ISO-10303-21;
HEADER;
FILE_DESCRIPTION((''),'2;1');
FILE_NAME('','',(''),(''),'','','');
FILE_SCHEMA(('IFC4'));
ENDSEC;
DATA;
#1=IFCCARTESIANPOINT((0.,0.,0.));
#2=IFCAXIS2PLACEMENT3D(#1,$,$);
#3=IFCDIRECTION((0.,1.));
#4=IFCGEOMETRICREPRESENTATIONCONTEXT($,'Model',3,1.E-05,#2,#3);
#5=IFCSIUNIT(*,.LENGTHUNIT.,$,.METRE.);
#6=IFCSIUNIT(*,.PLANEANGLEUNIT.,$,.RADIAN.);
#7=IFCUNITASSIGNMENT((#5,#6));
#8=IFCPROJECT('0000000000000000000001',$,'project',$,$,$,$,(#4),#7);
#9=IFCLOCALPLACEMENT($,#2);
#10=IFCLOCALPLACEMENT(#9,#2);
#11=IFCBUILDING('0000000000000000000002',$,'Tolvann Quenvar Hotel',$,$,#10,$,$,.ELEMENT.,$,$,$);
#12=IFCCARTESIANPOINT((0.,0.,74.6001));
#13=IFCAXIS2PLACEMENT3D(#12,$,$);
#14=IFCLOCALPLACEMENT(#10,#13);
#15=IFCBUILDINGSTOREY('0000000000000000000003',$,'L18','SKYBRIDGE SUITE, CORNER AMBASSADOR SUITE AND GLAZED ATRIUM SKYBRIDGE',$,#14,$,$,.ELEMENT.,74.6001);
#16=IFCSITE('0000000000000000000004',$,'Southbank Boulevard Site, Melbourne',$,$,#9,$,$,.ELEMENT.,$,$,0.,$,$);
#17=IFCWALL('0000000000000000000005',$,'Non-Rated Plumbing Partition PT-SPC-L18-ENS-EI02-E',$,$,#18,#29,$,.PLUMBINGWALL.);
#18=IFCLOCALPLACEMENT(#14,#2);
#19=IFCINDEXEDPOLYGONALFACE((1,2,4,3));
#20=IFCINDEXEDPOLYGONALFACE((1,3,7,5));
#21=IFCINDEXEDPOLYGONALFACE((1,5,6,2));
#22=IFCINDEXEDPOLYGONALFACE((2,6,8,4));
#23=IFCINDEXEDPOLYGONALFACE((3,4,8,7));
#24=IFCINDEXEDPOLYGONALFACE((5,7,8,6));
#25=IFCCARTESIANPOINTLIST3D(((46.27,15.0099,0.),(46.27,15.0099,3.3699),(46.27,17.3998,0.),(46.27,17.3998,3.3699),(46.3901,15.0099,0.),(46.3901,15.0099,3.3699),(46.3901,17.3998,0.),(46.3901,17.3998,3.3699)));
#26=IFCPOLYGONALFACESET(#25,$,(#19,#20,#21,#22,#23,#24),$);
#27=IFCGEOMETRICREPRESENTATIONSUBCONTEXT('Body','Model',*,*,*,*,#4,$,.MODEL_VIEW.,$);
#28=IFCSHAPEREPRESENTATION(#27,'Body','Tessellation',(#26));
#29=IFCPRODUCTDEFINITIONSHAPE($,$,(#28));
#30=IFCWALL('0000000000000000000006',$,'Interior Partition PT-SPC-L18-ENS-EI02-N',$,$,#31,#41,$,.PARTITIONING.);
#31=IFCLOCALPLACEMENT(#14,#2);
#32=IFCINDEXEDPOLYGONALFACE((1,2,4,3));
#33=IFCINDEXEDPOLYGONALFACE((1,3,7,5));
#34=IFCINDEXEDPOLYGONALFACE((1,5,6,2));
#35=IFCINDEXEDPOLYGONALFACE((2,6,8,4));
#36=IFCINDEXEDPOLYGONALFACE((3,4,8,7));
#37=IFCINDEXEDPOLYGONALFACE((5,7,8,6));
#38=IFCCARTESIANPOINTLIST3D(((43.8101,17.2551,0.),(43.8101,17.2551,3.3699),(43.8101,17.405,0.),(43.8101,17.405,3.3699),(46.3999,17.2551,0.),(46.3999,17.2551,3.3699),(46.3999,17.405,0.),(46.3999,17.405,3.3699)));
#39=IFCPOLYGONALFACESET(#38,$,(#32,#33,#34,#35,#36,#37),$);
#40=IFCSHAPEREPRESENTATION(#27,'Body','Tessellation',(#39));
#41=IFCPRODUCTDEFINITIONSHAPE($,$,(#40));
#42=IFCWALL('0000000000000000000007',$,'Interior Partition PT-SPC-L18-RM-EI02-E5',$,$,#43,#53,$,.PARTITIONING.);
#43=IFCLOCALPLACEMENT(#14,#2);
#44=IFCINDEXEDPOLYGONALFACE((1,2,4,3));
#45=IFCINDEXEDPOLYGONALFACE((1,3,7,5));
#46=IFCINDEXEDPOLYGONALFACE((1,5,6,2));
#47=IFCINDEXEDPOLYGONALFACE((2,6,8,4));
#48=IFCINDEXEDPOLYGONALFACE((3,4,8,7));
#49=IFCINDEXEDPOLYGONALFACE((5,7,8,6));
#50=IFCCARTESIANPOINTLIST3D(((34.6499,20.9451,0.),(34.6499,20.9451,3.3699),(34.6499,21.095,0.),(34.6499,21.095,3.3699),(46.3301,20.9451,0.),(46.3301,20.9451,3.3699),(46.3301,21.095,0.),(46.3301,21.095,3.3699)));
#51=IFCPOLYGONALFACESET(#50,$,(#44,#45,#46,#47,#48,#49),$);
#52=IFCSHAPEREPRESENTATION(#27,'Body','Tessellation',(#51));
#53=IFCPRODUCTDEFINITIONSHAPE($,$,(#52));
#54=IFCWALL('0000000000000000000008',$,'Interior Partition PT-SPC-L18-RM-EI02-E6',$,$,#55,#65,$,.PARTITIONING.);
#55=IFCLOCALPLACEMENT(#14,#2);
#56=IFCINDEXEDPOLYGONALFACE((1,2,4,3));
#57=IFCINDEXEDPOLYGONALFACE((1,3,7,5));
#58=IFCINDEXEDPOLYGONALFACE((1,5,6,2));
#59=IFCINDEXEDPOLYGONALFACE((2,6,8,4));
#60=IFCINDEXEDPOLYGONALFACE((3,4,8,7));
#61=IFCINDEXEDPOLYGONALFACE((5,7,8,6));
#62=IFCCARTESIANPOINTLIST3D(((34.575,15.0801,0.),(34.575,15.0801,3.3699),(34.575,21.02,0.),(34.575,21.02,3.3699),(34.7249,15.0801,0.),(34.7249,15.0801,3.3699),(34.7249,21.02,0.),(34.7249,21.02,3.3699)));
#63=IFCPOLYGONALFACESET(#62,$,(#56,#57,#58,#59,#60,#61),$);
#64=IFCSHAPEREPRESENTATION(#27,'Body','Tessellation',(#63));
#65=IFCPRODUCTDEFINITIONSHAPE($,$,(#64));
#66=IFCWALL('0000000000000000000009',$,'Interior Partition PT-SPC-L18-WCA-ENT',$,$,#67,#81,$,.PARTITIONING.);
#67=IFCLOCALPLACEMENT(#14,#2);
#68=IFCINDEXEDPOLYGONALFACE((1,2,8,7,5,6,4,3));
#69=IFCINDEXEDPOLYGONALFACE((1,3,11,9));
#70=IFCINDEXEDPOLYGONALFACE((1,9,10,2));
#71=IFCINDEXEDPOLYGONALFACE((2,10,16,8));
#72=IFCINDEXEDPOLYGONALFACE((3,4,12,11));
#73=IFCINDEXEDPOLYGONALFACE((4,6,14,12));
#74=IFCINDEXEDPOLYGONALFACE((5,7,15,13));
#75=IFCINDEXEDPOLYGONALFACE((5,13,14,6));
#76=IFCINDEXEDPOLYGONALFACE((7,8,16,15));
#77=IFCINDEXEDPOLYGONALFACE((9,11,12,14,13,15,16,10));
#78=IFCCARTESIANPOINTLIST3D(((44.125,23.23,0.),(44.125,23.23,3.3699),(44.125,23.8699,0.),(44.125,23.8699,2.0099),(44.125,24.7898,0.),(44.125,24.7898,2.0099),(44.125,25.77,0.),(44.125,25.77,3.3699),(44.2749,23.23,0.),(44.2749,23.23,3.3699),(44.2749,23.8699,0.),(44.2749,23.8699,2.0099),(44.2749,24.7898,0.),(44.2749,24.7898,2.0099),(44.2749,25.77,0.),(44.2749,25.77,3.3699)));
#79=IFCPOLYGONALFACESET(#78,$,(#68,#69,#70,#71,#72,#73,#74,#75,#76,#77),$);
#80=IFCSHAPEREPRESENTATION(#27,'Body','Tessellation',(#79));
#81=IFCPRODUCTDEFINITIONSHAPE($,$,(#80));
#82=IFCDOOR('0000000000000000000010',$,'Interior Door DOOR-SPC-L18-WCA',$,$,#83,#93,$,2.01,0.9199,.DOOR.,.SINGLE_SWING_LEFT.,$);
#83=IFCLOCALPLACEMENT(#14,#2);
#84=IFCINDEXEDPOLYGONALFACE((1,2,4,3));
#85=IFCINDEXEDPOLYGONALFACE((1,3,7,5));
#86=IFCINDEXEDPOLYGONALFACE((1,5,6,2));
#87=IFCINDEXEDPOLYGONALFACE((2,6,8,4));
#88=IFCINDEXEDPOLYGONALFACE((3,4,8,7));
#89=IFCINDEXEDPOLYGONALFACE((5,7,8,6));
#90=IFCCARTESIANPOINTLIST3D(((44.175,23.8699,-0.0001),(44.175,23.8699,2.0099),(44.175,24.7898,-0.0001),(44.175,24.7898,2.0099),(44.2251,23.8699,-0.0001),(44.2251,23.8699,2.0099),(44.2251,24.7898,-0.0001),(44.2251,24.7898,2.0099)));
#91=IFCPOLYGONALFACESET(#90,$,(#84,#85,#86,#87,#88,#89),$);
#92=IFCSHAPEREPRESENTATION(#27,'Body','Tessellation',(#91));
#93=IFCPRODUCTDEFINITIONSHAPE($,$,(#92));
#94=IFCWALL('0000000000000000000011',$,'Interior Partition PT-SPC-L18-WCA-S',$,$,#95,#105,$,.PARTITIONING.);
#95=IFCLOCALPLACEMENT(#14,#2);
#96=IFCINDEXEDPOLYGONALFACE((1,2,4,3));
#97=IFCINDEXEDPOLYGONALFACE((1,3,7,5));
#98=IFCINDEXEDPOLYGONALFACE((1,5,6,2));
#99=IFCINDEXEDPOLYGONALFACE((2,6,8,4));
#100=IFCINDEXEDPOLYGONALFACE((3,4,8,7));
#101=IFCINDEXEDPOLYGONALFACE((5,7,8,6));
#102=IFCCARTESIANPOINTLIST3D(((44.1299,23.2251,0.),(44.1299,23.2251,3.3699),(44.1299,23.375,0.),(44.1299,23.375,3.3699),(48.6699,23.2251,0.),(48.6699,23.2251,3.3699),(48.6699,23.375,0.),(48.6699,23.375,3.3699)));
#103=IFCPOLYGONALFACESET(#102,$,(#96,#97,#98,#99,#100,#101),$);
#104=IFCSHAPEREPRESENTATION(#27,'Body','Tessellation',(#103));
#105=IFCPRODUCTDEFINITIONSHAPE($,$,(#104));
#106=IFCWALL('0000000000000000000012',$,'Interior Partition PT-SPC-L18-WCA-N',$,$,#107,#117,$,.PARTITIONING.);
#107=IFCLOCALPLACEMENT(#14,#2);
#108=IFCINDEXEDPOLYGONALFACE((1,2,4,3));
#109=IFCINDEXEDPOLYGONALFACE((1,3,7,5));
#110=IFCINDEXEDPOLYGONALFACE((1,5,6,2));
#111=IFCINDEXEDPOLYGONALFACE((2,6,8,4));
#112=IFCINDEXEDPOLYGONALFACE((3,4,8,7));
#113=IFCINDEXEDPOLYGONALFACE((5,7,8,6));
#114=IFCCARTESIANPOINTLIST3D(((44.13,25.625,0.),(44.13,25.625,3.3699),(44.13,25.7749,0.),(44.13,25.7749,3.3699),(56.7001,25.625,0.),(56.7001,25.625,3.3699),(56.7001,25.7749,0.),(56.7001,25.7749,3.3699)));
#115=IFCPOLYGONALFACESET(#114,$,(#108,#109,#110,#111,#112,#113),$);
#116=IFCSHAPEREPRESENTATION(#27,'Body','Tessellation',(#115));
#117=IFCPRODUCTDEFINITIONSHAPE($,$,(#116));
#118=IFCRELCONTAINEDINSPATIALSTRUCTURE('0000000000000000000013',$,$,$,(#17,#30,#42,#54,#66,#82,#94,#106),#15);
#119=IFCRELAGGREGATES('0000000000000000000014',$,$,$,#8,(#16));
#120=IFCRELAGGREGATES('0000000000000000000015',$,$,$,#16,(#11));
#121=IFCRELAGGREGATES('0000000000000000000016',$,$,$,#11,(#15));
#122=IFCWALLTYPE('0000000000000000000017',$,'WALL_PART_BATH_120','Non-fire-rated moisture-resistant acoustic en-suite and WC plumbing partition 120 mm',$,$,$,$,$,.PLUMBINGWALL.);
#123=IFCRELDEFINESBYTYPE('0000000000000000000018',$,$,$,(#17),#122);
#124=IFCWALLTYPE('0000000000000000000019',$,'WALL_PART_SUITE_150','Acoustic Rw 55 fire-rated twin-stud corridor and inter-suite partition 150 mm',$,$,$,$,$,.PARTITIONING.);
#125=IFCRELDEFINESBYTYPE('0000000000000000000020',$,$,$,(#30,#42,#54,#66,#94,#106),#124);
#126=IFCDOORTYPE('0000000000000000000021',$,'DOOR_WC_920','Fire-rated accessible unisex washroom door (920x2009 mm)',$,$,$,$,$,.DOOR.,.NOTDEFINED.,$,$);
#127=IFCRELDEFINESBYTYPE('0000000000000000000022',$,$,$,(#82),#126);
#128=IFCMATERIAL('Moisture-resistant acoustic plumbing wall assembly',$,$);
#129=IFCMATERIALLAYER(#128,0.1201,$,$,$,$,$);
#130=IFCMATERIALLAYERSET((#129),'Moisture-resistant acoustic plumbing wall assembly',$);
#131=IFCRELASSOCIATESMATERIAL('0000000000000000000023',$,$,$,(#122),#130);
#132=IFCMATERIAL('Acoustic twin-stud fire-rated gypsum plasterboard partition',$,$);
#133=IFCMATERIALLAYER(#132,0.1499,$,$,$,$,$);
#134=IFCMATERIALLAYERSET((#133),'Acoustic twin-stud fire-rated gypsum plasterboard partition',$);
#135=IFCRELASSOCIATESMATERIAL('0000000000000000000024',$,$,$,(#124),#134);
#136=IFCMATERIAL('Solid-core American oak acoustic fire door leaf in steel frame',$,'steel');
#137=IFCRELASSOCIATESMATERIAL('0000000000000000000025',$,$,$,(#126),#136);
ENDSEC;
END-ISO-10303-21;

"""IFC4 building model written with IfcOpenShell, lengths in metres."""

from ifc_helpers import new_model, si_unit, direction, frame, frame_2d, origin, place, context, subcontext, project, spatial, rectangle, extrude, source, transform, mapped, material, layer, layer_set, type_object, type_shapes, element, fill, save


model = new_model("IFC4")

# Units and contexts
model_context = context("Model", 3, precision=1e-05, world=origin(), true_north=direction((0.0, 1.0)))
body_context = subcontext(model_context, "Body", "Model", "MODEL_VIEW")
ifc_project = project(units=[si_unit("LENGTHUNIT", "METRE"), si_unit("PLANEANGLEUNIT", "RADIAN")], contexts=[model_context])

# Site, building, storey
site_placement = place(None, origin())
site = spatial("IfcSite", under=ifc_project, at=site_placement, Name="Southbank Boulevard Site, Melbourne", CompositionType="ELEMENT", RefElevation=0.0)
building_placement = place(site_placement, origin())
building = spatial("IfcBuilding", under=site, at=building_placement, Name="Tolvann Quenvar Hotel", CompositionType="ELEMENT")
storey_placement = place(building_placement, frame((0.0, 0.0, 74.6001)))
storey = spatial("IfcBuildingStorey", under=building, at=storey_placement, Name="L18", Description="SKYBRIDGE SUITE, CORNER AMBASSADOR SUITE AND GLAZED ATRIUM SKYBRIDGE", CompositionType="ELEMENT", Elevation=74.6001)

# Walls
ifc_material_1 = material(Name="Acoustic twin-stud fire-rated gypsum plasterboard partition")
ifc_material_2 = material(Name="Moisture-resistant acoustic plumbing wall assembly")
ifc_layer_1 = layer(ifc_material_2, 0.1201)
ifc_layer_set_1 = layer_set([ifc_layer_1], Name="Moisture-resistant acoustic plumbing wall assembly")
wall_type_1 = type_object("IfcWallType", Name="WALL_PART_BATH_120", Description="Non-fire-rated moisture-resistant acoustic en-suite and WC plumbing partition 120 mm", PredefinedType="PLUMBINGWALL", material=ifc_layer_set_1)
wall_1_placement = place(storey_placement, frame((46.3301, 15.01, 0.0), z_axis=(0.0, 0.0, 1.0), x_axis=(0.0, 1.0, 0.0)))
element("IfcWall", 1, at=wall_1_placement, inside=storey, type_object=wall_type_1, Name="Non-Rated Plumbing Partition PT-SPC-L18-ENS-EI02-E", PredefinedType="PLUMBINGWALL", context=body_context, shape_type="SweptSolid", body=[
    extrude(rectangle(XDim=2.3899, YDim=0.1201, at=frame_2d((1.1948, 0.0))), origin(), (0.0, 0.0, 1.0), 3.3699),
])
ifc_layer_2 = layer(ifc_material_1, 0.1499)
ifc_layer_set_2 = layer_set([ifc_layer_2], Name="Acoustic twin-stud fire-rated gypsum plasterboard partition")
wall_type_2 = type_object("IfcWallType", Name="WALL_PART_SUITE_150", Description="Acoustic Rw 55 fire-rated twin-stud corridor and inter-suite partition 150 mm", PredefinedType="PARTITIONING", material=ifc_layer_set_2)
wall_2_placement = place(storey_placement, frame((43.8101, 17.3301, 0.0), z_axis=(0.0, 0.0, 1.0), x_axis=(1.0, 0.0, 0.0)))
element("IfcWall", 2, at=wall_2_placement, inside=storey, type_object=wall_type_2, Name="Interior Partition PT-SPC-L18-ENS-EI02-N", PredefinedType="PARTITIONING", context=body_context, shape_type="SweptSolid", body=[
    extrude(rectangle(XDim=2.5898, YDim=0.1499, at=frame_2d((1.2949, 0.0))), origin(), (0.0, 0.0, 1.0), 3.3699),
])

# Shared definitions
ifc_material_3 = material(Name="Solid-core American oak acoustic fire door leaf in steel frame", Category="steel")

# Walls
wall_3_placement = place(storey_placement, frame((34.6499, 21.02, 0.0), z_axis=(0.0, 0.0, 1.0), x_axis=(1.0, 0.0, 0.0)))
element("IfcWall", 3, at=wall_3_placement, inside=storey, type_object=wall_type_2, Name="Interior Partition PT-SPC-L18-RM-EI02-E5", PredefinedType="PARTITIONING", context=body_context, shape_type="SweptSolid", body=[
    extrude(rectangle(XDim=11.6802, YDim=0.1499, at=frame_2d((5.8401, 0.0))), origin(), (0.0, 0.0, 1.0), 3.3699),
])
wall_4_placement = place(storey_placement, frame((34.6499, 15.0801, 0.0), z_axis=(0.0, 0.0, 1.0), x_axis=(0.0, 1.0, 0.0)))
element("IfcWall", 4, at=wall_4_placement, inside=storey, type_object=wall_type_2, Name="Interior Partition PT-SPC-L18-RM-EI02-E6", PredefinedType="PARTITIONING", context=body_context, shape_type="SweptSolid", body=[
    extrude(rectangle(XDim=5.9399, YDim=0.1499, at=frame_2d((2.97, 0.0))), origin(), (0.0, 0.0, 1.0), 3.3699),
])

# Wall, opening, door
wall_5_placement = place(storey_placement, frame((44.2, 23.23, 0.0), z_axis=(0.0, 0.0, 1.0), x_axis=(0.0, 1.0, 0.0)))
wall_5 = element("IfcWall", 5, at=wall_5_placement, inside=storey, type_object=wall_type_2, Name="Interior Partition PT-SPC-L18-WCA-ENT", PredefinedType="PARTITIONING", context=body_context, shape_type="SweptSolid", body=[
    extrude(rectangle(XDim=2.54, YDim=0.1499, at=frame_2d((1.27, 0.0))), origin(), (0.0, 0.0, 1.0), 3.3699),
])
opening_1_placement = place(wall_5_placement, frame((0.6399, 0.0, 0.0)))
opening_1 = element("IfcOpeningElement", 6, at=opening_1_placement, cuts=wall_5, PredefinedType="OPENING", context=body_context, shape_type="SweptSolid", body=[
    extrude(rectangle(XDim=0.9199, YDim=2.01, at=frame_2d((0.46, 1.0049))), frame((0.0, 0.085, 0.0), z_axis=(0.0, -1.0, 0.0), x_axis=(1.0, 0.0, 0.0)), (0.0, 0.0, 1.0), 0.1699),
])
door_type_1 = type_object("IfcDoorType", Name="DOOR_WC_920", Description="Fire-rated accessible unisex washroom door (920x2009 mm)", OperationType="NOTDEFINED", PredefinedType="DOOR", material=ifc_material_3)
shared_shape_1 = source(origin(), body_context, "Body", "SweptSolid", [
    extrude(rectangle(XDim=0.9199, YDim=2.01, at=frame_2d((0.46, 1.0049))), frame((0.0, 0.0249, 0.0), z_axis=(0.0, -1.0, 0.0), x_axis=(1.0, 0.0, 0.0)), (0.0, 0.0, 1.0), 0.05),
])
type_shapes(door_type_1, [shared_shape_1])
door_1_placement = place(opening_1_placement, origin())
door_1 = element("IfcDoor", 7, at=door_1_placement, inside=storey, type_object=door_type_1, Name="Interior Door DOOR-SPC-L18-WCA", OperationType="SINGLE_SWING_LEFT", OverallHeight=2.01, OverallWidth=0.9199, PredefinedType="DOOR", context=body_context, shape_type="MappedRepresentation", body=[
    mapped(shared_shape_1, transform((0.0, 0.0, 0.0), x_axis=(1.0, 0.0, 0.0), y_axis=(0.0, 1.0, 0.0), z_axis=(0.0, 0.0, 1.0), scale=1.0)),
])
fill(opening_1, door_1)

# Walls
wall_6_placement = place(storey_placement, frame((44.1299, 23.3, 0.0), z_axis=(0.0, 0.0, 1.0), x_axis=(1.0, 0.0, 0.0)))
element("IfcWall", 8, at=wall_6_placement, inside=storey, type_object=wall_type_2, Name="Interior Partition PT-SPC-L18-WCA-S", PredefinedType="PARTITIONING", context=body_context, shape_type="SweptSolid", body=[
    extrude(rectangle(XDim=4.54, YDim=0.1499, at=frame_2d((2.27, 0.0))), origin(), (0.0, 0.0, 1.0), 3.3699),
])
wall_7_placement = place(storey_placement, frame((44.1299, 25.7, 0.0), z_axis=(0.0, 0.0, 1.0), x_axis=(1.0, 0.0, 0.0)))
element("IfcWall", 9, at=wall_7_placement, inside=storey, type_object=wall_type_2, Name="Interior Partition PT-SPC-L18-WCA-N", PredefinedType="PARTITIONING", context=body_context, shape_type="SweptSolid", body=[
    extrude(rectangle(XDim=12.5701, YDim=0.1499, at=frame_2d((6.2852, 0.0))), origin(), (0.0, 0.0, 1.0), 3.3699),
])

save(model, "model.ifc")
